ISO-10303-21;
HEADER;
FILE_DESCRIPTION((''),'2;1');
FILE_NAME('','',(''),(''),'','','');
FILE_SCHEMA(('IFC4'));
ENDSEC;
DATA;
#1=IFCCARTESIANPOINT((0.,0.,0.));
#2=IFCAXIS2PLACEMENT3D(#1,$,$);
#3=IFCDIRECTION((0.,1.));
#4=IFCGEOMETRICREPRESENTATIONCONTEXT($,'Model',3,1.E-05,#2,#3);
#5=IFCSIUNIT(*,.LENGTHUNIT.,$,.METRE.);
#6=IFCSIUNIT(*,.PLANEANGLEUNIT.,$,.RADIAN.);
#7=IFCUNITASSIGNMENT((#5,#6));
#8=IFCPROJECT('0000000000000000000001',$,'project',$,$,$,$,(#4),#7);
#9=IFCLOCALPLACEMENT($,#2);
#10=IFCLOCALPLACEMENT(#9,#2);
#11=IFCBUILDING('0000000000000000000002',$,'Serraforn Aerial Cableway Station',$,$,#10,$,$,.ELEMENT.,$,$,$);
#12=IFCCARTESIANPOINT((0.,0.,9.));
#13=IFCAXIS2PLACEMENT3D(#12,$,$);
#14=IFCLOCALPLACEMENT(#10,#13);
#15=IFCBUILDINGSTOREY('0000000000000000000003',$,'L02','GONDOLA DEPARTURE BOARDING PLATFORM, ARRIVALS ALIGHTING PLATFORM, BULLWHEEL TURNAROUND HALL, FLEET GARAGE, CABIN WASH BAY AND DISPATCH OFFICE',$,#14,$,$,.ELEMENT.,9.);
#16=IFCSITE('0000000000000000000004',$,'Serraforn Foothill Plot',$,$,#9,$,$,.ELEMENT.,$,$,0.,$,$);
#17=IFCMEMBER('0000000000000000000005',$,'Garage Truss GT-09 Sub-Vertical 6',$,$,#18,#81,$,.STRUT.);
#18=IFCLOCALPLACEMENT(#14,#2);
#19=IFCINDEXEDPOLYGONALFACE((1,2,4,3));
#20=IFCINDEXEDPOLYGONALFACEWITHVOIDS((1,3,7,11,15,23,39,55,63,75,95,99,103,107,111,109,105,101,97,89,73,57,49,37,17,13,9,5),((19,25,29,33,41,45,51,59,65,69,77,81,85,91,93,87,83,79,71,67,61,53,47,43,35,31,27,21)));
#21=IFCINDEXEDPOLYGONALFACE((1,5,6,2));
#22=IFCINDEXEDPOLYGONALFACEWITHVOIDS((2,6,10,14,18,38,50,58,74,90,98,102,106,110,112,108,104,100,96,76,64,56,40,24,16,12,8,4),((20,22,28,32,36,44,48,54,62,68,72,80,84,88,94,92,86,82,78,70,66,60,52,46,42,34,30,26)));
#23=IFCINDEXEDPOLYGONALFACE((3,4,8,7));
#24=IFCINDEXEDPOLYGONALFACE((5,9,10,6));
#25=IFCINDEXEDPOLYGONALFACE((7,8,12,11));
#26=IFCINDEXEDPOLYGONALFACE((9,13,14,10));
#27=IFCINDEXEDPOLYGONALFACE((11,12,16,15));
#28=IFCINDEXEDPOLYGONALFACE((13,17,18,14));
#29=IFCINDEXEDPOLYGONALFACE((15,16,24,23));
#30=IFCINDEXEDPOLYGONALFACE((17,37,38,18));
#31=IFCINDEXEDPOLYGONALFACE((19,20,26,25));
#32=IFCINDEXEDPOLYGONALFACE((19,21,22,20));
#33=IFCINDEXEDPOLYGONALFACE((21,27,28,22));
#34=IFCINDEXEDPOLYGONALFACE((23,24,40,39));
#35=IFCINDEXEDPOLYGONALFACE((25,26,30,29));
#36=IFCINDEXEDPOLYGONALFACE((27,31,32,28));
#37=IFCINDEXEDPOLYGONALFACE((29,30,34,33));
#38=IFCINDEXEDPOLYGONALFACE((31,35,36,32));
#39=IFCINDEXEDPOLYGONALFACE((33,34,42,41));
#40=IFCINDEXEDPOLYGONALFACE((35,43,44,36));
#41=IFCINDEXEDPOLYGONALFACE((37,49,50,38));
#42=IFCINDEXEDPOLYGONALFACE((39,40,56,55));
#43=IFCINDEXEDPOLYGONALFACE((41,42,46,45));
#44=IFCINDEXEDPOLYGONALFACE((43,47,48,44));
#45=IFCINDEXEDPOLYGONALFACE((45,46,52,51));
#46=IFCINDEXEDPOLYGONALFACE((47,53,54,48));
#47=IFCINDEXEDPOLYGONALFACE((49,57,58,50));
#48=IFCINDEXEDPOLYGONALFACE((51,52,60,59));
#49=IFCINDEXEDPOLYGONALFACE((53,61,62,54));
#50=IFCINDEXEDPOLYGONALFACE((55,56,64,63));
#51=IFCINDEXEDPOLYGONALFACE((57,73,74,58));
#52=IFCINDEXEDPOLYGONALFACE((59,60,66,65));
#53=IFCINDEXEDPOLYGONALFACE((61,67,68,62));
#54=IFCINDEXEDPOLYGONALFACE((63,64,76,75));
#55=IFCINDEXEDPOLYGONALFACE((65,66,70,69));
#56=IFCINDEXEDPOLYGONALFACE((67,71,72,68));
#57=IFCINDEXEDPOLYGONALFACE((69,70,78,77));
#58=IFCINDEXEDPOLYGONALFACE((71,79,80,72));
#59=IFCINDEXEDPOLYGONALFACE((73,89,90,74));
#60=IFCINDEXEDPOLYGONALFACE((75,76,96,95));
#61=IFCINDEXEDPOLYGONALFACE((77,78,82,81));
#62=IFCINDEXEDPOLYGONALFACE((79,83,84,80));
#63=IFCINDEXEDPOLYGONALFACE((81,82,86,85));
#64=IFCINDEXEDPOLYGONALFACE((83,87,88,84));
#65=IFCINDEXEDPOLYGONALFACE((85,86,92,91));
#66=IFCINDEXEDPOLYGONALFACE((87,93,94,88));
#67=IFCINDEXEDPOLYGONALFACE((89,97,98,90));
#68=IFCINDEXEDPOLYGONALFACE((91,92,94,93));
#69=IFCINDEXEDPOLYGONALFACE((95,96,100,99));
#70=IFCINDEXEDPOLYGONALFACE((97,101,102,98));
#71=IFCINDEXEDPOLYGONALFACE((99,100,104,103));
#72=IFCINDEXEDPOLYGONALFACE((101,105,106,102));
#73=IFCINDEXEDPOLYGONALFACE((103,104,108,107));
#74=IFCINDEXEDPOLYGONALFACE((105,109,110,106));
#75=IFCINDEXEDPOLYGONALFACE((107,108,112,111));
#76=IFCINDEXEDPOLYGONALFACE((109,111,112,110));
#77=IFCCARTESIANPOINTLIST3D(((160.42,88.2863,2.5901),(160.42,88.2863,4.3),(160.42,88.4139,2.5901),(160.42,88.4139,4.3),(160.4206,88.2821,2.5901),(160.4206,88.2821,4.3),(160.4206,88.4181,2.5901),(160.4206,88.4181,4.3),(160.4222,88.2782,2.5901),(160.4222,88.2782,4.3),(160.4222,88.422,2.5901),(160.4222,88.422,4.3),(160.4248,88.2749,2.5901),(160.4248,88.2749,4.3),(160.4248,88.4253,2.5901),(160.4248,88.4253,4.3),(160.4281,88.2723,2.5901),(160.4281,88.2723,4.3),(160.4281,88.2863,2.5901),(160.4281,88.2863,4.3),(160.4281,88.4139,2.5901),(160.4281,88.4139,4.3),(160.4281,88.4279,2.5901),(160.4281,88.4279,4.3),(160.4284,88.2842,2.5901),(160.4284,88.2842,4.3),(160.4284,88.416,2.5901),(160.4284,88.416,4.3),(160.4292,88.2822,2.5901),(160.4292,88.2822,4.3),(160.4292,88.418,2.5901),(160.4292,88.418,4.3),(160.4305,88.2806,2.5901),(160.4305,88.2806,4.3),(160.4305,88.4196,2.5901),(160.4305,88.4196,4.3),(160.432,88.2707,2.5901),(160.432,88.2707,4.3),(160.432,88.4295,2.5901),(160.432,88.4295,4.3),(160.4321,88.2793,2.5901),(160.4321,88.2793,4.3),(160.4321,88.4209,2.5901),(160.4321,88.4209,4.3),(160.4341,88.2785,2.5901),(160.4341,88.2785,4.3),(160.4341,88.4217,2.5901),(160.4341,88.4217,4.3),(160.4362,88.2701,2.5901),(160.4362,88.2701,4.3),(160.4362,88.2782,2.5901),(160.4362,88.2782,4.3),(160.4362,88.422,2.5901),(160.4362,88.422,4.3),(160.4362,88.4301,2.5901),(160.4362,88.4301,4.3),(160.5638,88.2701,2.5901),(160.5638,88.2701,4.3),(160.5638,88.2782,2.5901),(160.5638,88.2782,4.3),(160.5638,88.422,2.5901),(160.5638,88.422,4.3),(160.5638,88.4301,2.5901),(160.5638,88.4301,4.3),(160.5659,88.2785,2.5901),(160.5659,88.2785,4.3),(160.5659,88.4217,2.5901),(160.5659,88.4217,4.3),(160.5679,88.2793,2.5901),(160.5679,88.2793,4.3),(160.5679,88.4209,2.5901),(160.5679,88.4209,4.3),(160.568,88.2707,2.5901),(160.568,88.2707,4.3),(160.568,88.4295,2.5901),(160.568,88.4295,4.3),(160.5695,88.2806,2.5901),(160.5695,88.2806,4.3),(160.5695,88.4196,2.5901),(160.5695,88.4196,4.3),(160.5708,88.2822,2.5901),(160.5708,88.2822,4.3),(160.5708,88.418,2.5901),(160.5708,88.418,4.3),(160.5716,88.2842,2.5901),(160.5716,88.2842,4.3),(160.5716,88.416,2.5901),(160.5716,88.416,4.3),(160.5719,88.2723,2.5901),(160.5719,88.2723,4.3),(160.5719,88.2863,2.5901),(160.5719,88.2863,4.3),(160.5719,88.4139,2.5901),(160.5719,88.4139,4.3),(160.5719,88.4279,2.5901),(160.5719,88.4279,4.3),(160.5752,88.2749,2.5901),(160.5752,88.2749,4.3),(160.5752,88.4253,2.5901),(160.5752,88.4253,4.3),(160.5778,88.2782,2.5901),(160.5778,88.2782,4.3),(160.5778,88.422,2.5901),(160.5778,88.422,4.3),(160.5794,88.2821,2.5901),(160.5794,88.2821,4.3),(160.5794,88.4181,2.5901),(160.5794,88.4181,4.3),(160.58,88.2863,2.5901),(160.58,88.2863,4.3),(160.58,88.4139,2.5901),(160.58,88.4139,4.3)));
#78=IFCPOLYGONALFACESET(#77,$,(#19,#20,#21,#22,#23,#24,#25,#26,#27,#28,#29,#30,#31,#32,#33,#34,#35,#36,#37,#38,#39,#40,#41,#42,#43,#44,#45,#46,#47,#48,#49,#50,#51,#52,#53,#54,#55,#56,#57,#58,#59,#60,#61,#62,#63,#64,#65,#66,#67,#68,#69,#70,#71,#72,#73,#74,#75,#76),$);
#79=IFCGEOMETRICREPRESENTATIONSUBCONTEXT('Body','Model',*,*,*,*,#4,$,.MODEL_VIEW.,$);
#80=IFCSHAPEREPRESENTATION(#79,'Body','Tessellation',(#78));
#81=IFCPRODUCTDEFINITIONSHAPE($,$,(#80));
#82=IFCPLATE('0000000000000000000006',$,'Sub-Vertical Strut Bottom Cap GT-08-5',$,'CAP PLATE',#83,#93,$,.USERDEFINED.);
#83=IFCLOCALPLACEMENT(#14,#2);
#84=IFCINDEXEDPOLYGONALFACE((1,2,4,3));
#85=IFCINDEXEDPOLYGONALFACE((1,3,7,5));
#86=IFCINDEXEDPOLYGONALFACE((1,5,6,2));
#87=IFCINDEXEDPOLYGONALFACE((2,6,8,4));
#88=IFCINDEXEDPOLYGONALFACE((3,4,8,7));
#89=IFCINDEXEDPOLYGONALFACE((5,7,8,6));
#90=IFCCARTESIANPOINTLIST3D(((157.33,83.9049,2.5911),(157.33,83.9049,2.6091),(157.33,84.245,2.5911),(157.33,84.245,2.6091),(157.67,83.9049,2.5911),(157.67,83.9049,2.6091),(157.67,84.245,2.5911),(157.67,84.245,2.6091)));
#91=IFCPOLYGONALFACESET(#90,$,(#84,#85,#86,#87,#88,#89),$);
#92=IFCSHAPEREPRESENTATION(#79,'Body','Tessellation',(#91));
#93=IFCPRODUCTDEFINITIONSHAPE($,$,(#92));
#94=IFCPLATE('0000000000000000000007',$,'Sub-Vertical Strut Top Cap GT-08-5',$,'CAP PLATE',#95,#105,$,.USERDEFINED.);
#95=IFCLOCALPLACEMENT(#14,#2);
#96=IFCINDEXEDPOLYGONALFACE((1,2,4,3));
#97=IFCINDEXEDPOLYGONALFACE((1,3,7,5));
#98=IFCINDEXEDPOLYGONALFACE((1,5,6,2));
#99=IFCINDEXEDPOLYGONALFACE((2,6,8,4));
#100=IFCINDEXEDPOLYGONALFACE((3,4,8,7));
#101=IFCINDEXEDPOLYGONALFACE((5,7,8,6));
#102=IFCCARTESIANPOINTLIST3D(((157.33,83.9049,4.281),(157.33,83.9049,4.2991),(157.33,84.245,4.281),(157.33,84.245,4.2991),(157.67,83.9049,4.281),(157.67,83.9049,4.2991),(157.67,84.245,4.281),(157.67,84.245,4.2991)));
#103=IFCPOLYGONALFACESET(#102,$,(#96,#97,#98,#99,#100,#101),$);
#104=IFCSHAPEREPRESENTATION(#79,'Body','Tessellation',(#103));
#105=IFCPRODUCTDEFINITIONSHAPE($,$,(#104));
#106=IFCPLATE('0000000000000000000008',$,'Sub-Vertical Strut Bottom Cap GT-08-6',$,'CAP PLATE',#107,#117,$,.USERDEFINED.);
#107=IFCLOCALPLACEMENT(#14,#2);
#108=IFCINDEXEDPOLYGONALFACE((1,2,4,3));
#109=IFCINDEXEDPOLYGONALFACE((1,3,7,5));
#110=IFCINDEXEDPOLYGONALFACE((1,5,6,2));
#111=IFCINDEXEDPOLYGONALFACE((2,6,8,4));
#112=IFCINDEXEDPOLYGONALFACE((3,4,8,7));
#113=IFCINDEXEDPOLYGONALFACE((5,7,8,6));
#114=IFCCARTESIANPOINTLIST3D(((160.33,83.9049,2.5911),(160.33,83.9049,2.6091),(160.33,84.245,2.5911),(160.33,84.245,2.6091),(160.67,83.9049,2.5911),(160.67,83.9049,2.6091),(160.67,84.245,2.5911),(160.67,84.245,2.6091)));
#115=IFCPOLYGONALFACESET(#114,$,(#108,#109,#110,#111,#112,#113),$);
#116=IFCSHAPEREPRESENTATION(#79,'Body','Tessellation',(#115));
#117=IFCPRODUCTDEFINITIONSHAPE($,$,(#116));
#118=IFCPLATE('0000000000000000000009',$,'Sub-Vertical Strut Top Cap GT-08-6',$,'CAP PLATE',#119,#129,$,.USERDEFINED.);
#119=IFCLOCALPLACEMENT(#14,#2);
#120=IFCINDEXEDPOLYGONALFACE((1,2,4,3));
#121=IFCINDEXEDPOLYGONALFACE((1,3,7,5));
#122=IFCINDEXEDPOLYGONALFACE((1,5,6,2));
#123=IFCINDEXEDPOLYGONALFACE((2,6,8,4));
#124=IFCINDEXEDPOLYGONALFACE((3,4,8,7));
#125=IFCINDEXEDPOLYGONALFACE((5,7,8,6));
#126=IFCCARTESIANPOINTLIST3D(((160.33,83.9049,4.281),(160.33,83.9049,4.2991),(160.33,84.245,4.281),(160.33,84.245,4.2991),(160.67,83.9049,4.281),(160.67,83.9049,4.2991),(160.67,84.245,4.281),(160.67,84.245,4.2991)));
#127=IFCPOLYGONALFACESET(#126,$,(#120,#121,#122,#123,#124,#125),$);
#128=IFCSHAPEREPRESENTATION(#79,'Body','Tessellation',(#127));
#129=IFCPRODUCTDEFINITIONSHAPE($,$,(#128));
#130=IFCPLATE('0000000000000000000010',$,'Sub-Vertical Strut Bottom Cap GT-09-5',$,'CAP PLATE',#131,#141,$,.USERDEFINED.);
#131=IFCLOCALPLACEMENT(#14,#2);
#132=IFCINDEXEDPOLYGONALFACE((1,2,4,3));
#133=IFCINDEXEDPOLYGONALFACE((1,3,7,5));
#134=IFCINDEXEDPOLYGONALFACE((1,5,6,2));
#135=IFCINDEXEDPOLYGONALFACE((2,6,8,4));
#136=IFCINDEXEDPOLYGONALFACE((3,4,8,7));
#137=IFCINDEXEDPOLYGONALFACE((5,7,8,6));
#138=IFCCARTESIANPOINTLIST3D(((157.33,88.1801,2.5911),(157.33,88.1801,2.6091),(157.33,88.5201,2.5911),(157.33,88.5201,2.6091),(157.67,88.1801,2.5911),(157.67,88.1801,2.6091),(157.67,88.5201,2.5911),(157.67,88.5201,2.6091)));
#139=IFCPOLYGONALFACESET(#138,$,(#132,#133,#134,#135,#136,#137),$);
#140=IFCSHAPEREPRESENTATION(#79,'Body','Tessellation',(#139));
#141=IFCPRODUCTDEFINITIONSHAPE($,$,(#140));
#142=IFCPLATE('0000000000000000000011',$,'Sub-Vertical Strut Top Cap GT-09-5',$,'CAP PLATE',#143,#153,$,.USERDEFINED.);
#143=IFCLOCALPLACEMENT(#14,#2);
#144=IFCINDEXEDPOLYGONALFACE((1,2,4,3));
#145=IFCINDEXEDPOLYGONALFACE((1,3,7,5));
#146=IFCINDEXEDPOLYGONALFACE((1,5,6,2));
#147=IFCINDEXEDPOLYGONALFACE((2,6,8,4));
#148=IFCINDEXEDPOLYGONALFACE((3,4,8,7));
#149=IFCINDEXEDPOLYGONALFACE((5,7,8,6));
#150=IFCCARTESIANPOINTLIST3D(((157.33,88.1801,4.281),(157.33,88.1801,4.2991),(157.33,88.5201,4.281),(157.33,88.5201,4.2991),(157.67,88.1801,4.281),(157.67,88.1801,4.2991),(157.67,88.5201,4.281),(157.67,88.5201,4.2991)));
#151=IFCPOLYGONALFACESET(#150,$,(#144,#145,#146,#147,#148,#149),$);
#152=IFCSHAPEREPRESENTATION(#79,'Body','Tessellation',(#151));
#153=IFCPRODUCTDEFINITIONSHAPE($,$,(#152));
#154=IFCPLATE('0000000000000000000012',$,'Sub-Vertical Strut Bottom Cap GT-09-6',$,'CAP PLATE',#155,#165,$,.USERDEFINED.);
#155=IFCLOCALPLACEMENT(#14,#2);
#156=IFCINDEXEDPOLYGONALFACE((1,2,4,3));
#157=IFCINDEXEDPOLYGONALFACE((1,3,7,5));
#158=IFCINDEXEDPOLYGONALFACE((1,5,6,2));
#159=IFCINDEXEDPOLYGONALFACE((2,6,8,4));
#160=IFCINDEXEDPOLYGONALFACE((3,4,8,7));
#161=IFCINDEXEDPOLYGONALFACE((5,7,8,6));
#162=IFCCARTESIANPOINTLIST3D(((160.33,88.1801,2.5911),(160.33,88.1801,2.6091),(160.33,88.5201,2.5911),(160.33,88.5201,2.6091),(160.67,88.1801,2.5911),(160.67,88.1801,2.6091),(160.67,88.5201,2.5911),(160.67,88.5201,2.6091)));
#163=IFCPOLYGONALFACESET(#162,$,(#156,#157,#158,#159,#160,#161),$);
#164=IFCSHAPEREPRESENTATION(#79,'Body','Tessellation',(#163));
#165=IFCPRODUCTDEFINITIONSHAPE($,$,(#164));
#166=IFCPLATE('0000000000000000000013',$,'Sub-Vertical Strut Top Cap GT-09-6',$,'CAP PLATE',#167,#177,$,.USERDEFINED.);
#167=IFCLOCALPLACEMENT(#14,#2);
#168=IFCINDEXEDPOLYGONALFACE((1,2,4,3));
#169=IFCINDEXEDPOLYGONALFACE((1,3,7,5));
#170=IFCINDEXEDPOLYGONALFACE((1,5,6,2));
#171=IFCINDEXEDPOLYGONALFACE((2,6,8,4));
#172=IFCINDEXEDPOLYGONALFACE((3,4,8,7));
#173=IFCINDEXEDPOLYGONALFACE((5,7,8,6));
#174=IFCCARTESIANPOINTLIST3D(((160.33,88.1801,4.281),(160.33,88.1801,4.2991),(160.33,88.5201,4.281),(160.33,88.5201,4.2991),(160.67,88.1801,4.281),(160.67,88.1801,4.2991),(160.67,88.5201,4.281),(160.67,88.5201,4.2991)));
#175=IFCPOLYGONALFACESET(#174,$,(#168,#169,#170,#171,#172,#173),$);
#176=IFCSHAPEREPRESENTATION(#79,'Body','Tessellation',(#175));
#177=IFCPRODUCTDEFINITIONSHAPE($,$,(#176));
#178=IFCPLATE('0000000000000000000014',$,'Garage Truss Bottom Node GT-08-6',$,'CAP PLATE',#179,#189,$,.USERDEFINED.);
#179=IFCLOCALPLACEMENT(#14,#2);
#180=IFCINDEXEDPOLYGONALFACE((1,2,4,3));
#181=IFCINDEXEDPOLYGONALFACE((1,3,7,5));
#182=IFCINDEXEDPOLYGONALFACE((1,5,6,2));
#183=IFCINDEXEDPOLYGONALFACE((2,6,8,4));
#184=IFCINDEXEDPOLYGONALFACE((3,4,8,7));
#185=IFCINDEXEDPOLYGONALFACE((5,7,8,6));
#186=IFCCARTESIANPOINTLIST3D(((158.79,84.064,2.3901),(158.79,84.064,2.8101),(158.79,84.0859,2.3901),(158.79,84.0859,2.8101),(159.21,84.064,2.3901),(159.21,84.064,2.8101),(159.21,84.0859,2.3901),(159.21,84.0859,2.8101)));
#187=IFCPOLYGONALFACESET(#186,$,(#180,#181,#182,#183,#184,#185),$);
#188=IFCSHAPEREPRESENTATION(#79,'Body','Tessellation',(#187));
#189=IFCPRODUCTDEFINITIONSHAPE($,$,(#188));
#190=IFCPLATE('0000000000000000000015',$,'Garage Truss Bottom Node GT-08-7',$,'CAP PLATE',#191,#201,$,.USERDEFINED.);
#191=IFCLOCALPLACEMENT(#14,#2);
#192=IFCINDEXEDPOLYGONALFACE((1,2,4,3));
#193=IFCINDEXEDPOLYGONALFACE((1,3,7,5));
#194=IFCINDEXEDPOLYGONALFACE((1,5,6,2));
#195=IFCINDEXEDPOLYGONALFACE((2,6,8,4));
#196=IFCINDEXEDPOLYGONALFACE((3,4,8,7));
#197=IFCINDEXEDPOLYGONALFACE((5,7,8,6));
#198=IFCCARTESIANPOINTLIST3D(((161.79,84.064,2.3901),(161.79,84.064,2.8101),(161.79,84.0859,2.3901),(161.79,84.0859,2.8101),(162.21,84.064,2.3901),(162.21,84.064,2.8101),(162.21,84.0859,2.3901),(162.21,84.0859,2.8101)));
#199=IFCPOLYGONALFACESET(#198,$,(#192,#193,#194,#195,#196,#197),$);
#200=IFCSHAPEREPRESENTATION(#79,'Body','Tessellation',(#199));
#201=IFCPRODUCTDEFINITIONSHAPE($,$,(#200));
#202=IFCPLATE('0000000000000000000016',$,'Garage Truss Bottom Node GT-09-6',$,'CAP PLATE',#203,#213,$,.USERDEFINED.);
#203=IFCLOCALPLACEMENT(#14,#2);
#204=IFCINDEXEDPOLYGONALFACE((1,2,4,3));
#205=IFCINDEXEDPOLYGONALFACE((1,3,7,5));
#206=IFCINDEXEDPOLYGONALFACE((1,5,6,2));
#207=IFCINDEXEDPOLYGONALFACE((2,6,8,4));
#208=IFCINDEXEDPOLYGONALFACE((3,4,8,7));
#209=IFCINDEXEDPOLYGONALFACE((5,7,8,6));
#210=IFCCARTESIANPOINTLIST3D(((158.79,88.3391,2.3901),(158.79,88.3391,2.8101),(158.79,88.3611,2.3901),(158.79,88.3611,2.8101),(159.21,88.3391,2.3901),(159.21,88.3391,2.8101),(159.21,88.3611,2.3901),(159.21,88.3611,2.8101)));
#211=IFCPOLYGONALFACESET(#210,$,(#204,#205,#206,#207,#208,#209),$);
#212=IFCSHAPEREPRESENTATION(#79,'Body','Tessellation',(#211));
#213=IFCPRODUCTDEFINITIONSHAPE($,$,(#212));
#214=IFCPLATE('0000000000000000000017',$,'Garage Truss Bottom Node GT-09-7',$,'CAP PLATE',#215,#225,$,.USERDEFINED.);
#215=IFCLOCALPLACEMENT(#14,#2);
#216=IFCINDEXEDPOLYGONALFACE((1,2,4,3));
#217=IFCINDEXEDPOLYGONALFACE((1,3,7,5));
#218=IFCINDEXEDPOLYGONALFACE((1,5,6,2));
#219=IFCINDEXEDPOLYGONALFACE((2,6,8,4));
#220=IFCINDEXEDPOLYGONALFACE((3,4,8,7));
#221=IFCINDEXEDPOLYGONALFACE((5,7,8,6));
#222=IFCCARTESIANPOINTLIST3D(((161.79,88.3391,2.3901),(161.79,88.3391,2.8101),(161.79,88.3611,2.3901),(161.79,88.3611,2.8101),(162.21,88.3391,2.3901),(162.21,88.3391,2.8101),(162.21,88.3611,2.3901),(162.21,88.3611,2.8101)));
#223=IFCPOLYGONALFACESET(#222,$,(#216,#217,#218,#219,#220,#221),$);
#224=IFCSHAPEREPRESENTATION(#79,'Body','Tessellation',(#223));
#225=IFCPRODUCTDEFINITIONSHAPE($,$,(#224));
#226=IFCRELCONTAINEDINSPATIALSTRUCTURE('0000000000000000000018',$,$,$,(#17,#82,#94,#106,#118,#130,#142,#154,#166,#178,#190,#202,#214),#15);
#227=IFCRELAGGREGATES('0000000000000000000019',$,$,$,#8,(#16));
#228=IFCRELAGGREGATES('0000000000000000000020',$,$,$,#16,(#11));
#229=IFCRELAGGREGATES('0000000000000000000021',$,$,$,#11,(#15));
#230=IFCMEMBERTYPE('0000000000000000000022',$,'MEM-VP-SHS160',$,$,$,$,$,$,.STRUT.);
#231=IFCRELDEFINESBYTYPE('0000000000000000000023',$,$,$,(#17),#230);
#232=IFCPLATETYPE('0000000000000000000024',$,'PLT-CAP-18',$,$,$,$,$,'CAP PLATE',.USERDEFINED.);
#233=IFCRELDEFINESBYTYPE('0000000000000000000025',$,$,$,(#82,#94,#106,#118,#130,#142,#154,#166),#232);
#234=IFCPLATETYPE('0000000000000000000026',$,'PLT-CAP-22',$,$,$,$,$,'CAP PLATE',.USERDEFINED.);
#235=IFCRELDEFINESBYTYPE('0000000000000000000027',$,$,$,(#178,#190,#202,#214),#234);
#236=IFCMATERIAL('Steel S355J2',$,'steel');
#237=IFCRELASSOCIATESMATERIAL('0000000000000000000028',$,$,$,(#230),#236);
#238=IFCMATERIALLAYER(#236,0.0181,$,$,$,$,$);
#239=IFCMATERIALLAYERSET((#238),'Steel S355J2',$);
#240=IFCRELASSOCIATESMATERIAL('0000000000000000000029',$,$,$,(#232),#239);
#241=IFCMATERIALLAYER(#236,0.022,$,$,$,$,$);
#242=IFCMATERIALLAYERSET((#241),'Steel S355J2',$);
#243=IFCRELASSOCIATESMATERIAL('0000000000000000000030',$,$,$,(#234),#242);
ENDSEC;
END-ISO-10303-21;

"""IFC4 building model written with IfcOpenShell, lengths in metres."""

from ifc_helpers import new_model, si_unit, direction, frame, origin, origin_2d, place, context, subcontext, project, spatial, rectangle, hollow_rectangle, extrude, material, layer, layer_set, material_profile, profile_set, type_object, element, save


model = new_model("IFC4")

# Units and contexts
model_context = context("Model", 3, precision=1e-05, world=origin(), true_north=direction((0.0, 1.0)))
body_context = subcontext(model_context, "Body", "Model", "MODEL_VIEW")
ifc_project = project(units=[si_unit("LENGTHUNIT", "METRE"), si_unit("PLANEANGLEUNIT", "RADIAN")], contexts=[model_context])

# Site, building, storey
site_placement = place(None, origin())
site = spatial("IfcSite", under=ifc_project, at=site_placement, Name="Serraforn Foothill Plot", CompositionType="ELEMENT", RefElevation=0.0)
building_placement = place(site_placement, origin())
building = spatial("IfcBuilding", under=site, at=building_placement, Name="Serraforn Aerial Cableway Station", CompositionType="ELEMENT")
storey_placement = place(building_placement, frame((0.0, 0.0, 9.0)))
storey = spatial("IfcBuildingStorey", under=building, at=storey_placement, Name="L02", Description="GONDOLA DEPARTURE BOARDING PLATFORM, ARRIVALS ALIGHTING PLATFORM, BULLWHEEL TURNAROUND HALL, FLEET GARAGE, CABIN WASH BAY AND DISPATCH OFFICE", CompositionType="ELEMENT", Elevation=9.0)

# Member
ifc_material_1 = material(Name="Steel S355J2", Category="steel")
ifc_material_profile_1 = material_profile(ifc_material_1, hollow_rectangle(XDim=0.1599, YDim=0.1599, WallThickness=0.0081, InnerFilletRadius=0.0081, OuterFilletRadius=0.0161, at=origin_2d()), Name="SHS 160x160x8.0")
ifc_profile_set_1 = profile_set([ifc_material_profile_1], Name="Steel S355J2")
member_type_1 = type_object("IfcMemberType", Name="MEM-VP-SHS160", PredefinedType="STRUT", material=ifc_profile_set_1)
for number, where, z_axis, x_axis, name in (
    (1, (160.5, 88.3501, 2.5901), (0.0, 0.0, 1.0), (1.0, 0.0, 0.0), "Garage Truss GT-09 Sub-Vertical 6"),
):
    element("IfcMember", number, at=place(storey_placement, frame(where, z_axis=z_axis, x_axis=x_axis)), inside=storey, type_object=member_type_1, Name=name, PredefinedType="STRUT", context=body_context, shape_type="SweptSolid", body=[
        extrude(hollow_rectangle(XDim=0.1599, YDim=0.1599, WallThickness=0.0081, InnerFilletRadius=0.0081, OuterFilletRadius=0.0161, at=origin_2d()), origin(), (0.0, 0.0, 1.0), 1.71),
    ])

# Plates
ifc_layer_1 = layer(ifc_material_1, 0.0181)
ifc_layer_set_1 = layer_set([ifc_layer_1], Name="Steel S355J2")
plate_type_1 = type_object("IfcPlateType", Name="PLT-CAP-18", ElementType="CAP PLATE", PredefinedType="USERDEFINED", material=ifc_layer_set_1)
for number, where, z_axis, x_axis, name in (
    (2, (157.5, 84.075, 2.5911), (0.0, 0.0, 1.0), (1.0, 0.0, 0.0), "Sub-Vertical Strut Bottom Cap GT-08-5"),
    (3, (157.5, 84.075, 4.281), (0.0, 0.0, 1.0), (1.0, 0.0, 0.0), "Sub-Vertical Strut Top Cap GT-08-5"),
    (4, (160.5, 84.075, 2.5911), (0.0, 0.0, 1.0), (1.0, 0.0, 0.0), "Sub-Vertical Strut Bottom Cap GT-08-6"),
    (5, (160.5, 84.075, 4.281), (0.0, 0.0, 1.0), (1.0, 0.0, 0.0), "Sub-Vertical Strut Top Cap GT-08-6"),
    (6, (157.5, 88.3501, 2.5911), (0.0, 0.0, 1.0), (1.0, 0.0, 0.0), "Sub-Vertical Strut Bottom Cap GT-09-5"),
    (7, (157.5, 88.3501, 4.281), (0.0, 0.0, 1.0), (1.0, 0.0, 0.0), "Sub-Vertical Strut Top Cap GT-09-5"),
    (8, (160.5, 88.3501, 2.5911), (0.0, 0.0, 1.0), (1.0, 0.0, 0.0), "Sub-Vertical Strut Bottom Cap GT-09-6"),
    (9, (160.5, 88.3501, 4.281), (0.0, 0.0, 1.0), (1.0, 0.0, 0.0), "Sub-Vertical Strut Top Cap GT-09-6"),
):
    element("IfcPlate", number, at=place(storey_placement, frame(where, z_axis=z_axis, x_axis=x_axis)), inside=storey, type_object=plate_type_1, Name=name, ObjectType="CAP PLATE", PredefinedType="USERDEFINED", context=body_context, shape_type="SweptSolid", body=[
        extrude(rectangle(XDim=0.3401, YDim=0.3401, at=origin_2d()), origin(), (0.0, 0.0, 1.0), 0.0181),
    ])
ifc_layer_2 = layer(ifc_material_1, 0.022)
ifc_layer_set_2 = layer_set([ifc_layer_2], Name="Steel S355J2")
plate_type_2 = type_object("IfcPlateType", Name="PLT-CAP-22", ElementType="CAP PLATE", PredefinedType="USERDEFINED", material=ifc_layer_set_2)
for number, where, z_axis, x_axis, name in (
    (10, (159.0, 84.075, 2.3901), (0.0, 0.0, 1.0), (1.0, 0.0, 0.0), "Garage Truss Bottom Node GT-08-6"),
    (11, (162.0, 84.075, 2.3901), (0.0, 0.0, 1.0), (1.0, 0.0, 0.0), "Garage Truss Bottom Node GT-08-7"),
    (12, (159.0, 88.3501, 2.3901), (0.0, 0.0, 1.0), (1.0, 0.0, 0.0), "Garage Truss Bottom Node GT-09-6"),
    (13, (162.0, 88.3501, 2.3901), (0.0, 0.0, 1.0), (1.0, 0.0, 0.0), "Garage Truss Bottom Node GT-09-7"),
):
    element("IfcPlate", number, at=place(storey_placement, frame(where, z_axis=z_axis, x_axis=x_axis)), inside=storey, type_object=plate_type_2, Name=name, ObjectType="CAP PLATE", PredefinedType="USERDEFINED", context=body_context, shape_type="SweptSolid", body=[
        extrude(rectangle(XDim=0.4199, YDim=0.022, at=origin_2d()), origin(), (0.0, 0.0, 1.0), 0.4199),
    ])

save(model, "model.ifc")
